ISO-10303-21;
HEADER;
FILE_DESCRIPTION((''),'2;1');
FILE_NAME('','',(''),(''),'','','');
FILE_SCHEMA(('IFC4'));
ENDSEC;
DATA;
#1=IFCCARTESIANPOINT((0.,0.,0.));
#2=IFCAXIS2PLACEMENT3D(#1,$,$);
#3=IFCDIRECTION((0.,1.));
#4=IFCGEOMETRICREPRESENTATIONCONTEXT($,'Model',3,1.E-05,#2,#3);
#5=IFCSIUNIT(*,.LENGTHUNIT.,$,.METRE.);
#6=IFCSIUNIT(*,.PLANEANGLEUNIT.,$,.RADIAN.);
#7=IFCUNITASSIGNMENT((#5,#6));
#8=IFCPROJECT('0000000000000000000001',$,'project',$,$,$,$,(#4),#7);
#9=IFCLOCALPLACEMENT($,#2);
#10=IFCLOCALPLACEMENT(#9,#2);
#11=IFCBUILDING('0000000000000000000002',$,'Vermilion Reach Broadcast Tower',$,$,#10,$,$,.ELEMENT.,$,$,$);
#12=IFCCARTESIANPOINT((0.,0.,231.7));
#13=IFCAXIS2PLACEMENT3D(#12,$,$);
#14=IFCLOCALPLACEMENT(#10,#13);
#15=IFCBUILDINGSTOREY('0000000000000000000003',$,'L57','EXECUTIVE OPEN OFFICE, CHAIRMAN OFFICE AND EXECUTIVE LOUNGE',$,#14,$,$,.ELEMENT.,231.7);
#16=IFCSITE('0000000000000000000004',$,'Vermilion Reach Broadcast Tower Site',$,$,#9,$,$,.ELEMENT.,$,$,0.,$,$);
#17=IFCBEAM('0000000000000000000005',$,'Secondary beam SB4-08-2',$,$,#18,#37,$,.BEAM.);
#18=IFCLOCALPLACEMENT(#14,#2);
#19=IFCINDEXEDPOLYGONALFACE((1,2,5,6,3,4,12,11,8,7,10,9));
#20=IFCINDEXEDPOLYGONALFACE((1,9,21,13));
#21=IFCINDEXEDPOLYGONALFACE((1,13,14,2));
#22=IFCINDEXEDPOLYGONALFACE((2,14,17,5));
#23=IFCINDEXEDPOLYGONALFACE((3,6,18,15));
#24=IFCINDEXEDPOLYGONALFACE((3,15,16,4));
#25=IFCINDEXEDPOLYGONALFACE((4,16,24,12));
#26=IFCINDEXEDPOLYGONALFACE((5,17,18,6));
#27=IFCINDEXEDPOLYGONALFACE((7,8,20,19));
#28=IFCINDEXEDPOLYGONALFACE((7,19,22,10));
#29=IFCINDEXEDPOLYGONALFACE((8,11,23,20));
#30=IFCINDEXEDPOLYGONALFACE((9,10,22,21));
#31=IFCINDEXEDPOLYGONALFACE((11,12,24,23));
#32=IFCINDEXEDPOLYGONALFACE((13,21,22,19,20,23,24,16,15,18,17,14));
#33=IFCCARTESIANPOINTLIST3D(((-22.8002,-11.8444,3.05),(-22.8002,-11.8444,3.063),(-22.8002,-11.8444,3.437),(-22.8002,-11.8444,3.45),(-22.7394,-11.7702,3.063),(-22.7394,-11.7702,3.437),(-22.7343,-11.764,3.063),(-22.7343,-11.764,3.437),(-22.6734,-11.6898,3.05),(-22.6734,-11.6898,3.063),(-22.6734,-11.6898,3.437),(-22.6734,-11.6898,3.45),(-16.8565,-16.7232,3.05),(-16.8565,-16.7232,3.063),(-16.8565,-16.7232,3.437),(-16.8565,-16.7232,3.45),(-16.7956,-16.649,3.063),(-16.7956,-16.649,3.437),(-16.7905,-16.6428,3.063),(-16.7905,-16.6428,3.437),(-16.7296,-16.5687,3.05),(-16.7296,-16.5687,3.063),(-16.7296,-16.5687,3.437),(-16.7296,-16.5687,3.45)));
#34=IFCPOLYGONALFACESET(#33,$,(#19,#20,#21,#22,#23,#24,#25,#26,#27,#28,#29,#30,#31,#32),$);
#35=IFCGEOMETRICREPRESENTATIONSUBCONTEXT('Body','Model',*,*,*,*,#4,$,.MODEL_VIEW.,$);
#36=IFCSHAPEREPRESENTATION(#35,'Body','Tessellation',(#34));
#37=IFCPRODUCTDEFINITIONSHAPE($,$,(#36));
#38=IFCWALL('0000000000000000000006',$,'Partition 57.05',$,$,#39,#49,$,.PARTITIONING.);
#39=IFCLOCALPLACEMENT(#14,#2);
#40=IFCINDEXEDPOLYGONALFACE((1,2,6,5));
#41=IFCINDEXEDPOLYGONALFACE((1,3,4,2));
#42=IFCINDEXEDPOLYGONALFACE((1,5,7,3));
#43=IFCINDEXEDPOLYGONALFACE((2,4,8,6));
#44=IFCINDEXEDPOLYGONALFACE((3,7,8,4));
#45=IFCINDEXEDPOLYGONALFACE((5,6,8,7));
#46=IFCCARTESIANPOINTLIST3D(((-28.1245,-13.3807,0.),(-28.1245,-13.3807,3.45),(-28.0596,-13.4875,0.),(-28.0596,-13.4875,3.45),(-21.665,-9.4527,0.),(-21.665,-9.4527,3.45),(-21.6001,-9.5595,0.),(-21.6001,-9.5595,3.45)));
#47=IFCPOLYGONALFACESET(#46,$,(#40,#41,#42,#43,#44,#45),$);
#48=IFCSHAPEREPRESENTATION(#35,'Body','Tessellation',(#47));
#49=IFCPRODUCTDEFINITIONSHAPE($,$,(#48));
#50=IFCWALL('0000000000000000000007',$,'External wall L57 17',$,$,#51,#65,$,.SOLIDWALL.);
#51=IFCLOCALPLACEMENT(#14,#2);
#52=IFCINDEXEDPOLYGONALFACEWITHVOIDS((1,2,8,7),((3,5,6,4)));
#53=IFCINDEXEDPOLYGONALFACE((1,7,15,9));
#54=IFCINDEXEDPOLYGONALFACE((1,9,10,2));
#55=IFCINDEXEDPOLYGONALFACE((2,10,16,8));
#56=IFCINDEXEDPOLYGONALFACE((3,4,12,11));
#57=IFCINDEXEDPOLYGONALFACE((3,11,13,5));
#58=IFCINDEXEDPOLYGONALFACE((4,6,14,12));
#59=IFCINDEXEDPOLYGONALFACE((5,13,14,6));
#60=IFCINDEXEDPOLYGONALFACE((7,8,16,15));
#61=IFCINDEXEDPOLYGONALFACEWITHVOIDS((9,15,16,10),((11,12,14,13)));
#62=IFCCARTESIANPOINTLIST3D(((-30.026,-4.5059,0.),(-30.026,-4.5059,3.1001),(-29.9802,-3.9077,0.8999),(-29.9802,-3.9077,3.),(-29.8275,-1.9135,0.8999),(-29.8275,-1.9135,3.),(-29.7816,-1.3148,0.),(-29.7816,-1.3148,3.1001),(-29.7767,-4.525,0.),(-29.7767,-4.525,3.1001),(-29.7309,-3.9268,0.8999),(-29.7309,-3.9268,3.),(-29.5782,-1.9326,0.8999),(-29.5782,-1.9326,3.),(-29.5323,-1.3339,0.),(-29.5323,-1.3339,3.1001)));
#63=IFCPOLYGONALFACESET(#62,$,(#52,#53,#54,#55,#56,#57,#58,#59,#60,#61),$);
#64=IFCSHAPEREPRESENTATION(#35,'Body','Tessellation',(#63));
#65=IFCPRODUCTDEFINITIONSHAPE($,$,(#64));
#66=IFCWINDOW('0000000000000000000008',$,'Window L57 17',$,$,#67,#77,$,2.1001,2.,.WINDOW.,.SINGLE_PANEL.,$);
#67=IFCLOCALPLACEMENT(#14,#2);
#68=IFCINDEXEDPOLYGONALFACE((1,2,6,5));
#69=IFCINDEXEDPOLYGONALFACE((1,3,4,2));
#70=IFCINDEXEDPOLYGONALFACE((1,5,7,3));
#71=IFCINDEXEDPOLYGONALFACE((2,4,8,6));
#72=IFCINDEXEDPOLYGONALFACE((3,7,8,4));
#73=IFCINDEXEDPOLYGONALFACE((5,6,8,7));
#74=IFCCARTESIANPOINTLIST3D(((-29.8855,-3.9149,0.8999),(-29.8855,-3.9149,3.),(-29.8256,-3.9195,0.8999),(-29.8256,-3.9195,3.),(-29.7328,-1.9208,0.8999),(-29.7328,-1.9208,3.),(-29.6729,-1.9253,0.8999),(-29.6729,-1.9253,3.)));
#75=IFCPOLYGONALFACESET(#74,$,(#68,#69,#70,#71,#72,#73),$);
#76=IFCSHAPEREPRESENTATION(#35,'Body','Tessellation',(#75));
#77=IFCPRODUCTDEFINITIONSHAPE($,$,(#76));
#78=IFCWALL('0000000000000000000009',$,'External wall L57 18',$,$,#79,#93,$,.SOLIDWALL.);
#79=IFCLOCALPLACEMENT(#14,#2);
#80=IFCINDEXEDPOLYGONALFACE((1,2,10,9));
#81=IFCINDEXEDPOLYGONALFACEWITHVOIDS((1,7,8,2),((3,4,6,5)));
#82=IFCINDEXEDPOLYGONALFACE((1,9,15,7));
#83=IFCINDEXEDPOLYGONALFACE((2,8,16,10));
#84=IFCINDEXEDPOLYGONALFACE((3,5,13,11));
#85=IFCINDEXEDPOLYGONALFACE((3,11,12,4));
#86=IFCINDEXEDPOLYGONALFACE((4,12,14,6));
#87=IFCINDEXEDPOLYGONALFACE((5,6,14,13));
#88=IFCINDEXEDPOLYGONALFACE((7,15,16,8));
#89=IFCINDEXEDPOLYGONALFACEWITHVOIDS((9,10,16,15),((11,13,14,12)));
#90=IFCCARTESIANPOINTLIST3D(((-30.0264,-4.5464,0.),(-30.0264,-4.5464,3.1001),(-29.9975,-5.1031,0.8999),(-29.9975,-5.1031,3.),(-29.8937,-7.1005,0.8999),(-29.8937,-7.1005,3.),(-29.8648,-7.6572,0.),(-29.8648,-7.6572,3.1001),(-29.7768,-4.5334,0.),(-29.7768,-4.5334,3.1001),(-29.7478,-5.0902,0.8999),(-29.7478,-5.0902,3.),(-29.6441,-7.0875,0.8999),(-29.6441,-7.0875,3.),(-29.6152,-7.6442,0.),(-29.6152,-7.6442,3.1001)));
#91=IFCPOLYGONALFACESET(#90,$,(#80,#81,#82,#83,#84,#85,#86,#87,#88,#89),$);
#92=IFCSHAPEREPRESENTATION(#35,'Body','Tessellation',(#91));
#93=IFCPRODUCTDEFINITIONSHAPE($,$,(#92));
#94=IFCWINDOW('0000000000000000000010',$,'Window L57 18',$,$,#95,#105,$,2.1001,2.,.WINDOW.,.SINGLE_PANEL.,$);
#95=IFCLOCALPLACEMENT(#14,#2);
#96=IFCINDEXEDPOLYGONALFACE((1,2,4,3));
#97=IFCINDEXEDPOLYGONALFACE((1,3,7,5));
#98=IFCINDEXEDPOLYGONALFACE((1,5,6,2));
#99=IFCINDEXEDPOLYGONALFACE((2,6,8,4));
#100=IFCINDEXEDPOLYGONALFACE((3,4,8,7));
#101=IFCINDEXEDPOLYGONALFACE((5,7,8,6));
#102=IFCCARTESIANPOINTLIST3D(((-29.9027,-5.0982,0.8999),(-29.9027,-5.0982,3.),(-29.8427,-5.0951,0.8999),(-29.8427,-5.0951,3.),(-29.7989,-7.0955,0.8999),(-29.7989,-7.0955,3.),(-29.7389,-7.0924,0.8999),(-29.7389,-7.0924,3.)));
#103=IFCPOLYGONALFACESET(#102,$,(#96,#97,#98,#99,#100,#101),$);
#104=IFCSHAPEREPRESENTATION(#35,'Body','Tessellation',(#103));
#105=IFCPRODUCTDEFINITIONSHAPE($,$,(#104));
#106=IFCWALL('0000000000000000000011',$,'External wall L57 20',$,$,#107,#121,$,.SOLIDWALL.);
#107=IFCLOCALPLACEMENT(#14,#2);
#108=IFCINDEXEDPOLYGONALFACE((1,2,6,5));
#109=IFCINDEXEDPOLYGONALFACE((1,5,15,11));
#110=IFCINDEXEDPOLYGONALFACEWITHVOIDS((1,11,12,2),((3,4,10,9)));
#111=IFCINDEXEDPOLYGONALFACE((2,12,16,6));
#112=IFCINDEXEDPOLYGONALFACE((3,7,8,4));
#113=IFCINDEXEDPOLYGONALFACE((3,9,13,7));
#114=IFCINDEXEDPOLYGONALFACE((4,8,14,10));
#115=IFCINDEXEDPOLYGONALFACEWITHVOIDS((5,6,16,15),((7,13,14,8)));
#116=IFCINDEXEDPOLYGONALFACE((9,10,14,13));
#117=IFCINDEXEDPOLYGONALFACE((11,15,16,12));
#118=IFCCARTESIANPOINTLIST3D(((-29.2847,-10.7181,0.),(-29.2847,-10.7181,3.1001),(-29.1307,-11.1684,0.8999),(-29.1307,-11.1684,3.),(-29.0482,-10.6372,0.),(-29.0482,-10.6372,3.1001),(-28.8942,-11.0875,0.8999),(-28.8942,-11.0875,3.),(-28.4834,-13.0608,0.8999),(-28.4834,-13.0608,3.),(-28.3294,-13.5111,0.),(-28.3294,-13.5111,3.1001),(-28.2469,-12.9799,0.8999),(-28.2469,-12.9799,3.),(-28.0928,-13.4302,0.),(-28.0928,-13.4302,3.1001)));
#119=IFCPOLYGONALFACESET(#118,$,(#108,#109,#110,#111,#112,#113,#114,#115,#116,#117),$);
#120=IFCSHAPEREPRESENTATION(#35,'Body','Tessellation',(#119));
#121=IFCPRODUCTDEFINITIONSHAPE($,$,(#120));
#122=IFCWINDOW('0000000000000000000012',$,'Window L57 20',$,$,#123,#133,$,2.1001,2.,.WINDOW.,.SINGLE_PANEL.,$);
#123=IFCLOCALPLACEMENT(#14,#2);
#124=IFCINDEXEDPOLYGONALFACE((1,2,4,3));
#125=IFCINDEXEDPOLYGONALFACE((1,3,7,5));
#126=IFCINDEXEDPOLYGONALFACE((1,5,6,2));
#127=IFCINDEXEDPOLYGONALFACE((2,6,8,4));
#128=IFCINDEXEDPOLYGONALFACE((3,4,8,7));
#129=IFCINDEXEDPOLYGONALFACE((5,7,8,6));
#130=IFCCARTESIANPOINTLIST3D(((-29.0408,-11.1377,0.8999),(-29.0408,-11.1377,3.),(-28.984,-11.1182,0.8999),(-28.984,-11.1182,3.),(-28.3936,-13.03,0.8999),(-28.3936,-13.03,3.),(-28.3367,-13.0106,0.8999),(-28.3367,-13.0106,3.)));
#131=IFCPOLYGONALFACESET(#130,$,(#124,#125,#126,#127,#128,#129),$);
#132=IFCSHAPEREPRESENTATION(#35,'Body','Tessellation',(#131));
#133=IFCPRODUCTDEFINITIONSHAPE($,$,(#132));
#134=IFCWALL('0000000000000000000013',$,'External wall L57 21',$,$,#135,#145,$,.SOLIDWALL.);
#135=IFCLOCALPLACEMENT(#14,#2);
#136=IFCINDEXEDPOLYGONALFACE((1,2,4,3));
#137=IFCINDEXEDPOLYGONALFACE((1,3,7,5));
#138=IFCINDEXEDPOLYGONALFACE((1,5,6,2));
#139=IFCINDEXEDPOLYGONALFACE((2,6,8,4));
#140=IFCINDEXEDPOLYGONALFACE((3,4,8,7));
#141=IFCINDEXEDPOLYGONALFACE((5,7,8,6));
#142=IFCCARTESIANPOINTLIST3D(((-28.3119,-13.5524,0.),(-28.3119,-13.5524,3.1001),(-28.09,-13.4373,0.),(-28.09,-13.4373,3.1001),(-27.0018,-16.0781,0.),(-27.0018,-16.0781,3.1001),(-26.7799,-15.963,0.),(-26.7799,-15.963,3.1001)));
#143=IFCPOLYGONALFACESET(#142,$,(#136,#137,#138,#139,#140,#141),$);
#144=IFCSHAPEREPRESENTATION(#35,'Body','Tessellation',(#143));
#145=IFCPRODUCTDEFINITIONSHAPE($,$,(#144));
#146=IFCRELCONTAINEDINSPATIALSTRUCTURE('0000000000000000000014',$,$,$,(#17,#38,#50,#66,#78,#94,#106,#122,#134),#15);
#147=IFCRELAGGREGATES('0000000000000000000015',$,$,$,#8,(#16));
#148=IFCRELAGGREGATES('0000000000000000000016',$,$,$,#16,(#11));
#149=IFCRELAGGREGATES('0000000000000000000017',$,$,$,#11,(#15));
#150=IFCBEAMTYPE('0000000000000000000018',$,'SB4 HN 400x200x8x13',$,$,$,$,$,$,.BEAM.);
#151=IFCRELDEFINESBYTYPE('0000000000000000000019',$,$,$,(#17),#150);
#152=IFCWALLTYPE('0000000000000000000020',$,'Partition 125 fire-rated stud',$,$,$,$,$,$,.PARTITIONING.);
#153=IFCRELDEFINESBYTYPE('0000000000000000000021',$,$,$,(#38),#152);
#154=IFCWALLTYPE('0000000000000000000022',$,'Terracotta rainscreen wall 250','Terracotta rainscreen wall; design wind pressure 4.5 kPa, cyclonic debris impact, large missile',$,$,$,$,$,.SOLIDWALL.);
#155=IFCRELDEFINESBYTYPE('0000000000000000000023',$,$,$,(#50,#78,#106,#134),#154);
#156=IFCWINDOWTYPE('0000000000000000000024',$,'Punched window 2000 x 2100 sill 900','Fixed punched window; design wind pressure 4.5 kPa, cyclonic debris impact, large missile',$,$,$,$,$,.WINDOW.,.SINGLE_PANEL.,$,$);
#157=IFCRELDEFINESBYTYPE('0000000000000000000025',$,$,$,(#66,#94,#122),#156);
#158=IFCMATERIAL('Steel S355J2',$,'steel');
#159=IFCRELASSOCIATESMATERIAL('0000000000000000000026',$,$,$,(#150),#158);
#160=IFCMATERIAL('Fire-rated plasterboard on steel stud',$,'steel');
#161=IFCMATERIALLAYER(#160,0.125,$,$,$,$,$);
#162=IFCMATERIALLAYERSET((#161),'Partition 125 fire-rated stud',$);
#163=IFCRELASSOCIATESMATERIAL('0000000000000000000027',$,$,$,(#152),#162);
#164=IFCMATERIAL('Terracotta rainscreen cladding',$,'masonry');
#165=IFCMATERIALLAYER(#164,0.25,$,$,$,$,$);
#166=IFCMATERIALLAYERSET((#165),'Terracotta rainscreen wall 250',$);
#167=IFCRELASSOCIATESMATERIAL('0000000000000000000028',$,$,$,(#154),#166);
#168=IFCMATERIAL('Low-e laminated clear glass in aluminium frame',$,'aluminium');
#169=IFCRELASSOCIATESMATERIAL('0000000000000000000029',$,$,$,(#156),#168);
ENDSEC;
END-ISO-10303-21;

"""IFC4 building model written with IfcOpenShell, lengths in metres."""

from ifc_helpers import new_model, si_unit, direction, frame, frame_2d, origin, origin_2d, place, context, subcontext, project, spatial, rectangle, i_section, extrude, material, layer, layer_set, material_profile, profile_set, type_object, element, fill, save


model = new_model("IFC4")

# Units and contexts
model_context = context("Model", 3, precision=1e-05, world=origin(), true_north=direction((0.0, 1.0)))
body_context = subcontext(model_context, "Body", "Model", "MODEL_VIEW")
ifc_project = project(units=[si_unit("LENGTHUNIT", "METRE"), si_unit("PLANEANGLEUNIT", "RADIAN")], contexts=[model_context])

# Site, building, storey
site_placement = place(None, origin())
site = spatial("IfcSite", under=ifc_project, at=site_placement, Name="Vermilion Reach Broadcast Tower Site", CompositionType="ELEMENT", RefElevation=0.0)
building_placement = place(site_placement, origin())
building = spatial("IfcBuilding", under=site, at=building_placement, Name="Vermilion Reach Broadcast Tower", CompositionType="ELEMENT")
storey_placement = place(building_placement, frame((0.0, 0.0, 231.7)))
storey = spatial("IfcBuildingStorey", under=building, at=storey_placement, Name="L57", Description="EXECUTIVE OPEN OFFICE, CHAIRMAN OFFICE AND EXECUTIVE LOUNGE", CompositionType="ELEMENT", Elevation=231.7)

# Beam
ifc_material_1 = material(Name="Steel S355J2", Category="steel")
ifc_material_profile_1 = material_profile(ifc_material_1, i_section(OverallWidth=0.2, OverallDepth=0.3999, WebThickness=0.0081, FlangeThickness=0.0129, at=origin_2d()), Name="S355J2 HN 400x200x8x13")
ifc_profile_set_1 = profile_set([ifc_material_profile_1], Name="Steel S355J2")
beam_type_1 = type_object("IfcBeamType", Name="SB4 HN 400x200x8x13", PredefinedType="BEAM", material=ifc_profile_set_1)
beam_1_placement = place(storey_placement, frame((-22.7368, -11.7671, 3.25), z_axis=(0.772952, -0.634465, 0.0), x_axis=(0.634465, 0.772952, 0.0)))
element("IfcBeam", 1, at=beam_1_placement, inside=storey, type_object=beam_type_1, Name="Secondary beam SB4-08-2", PredefinedType="BEAM", context=body_context, shape_type="SweptSolid", body=[
    extrude(i_section(OverallWidth=0.2, OverallDepth=0.3999, WebThickness=0.0081, FlangeThickness=0.0129, at=origin_2d()), origin(), (0.0, 0.0, 1.0), 7.6897),
])

# Wall
ifc_material_2 = material(Name="Fire-rated plasterboard on steel stud", Category="steel")
ifc_layer_1 = layer(ifc_material_2, 0.125)
ifc_layer_set_1 = layer_set([ifc_layer_1], Name="Partition 125 fire-rated stud")
wall_type_1 = type_object("IfcWallType", Name="Partition 125 fire-rated stud", PredefinedType="PARTITIONING", material=ifc_layer_set_1)
wall_1_placement = place(storey_placement, frame((-28.092, -13.4341, 0.0), z_axis=(0.0, 0.0, 1.0), x_axis=(0.854426, 0.519573, 0.0)))
element("IfcWall", 2, at=wall_1_placement, inside=storey, type_object=wall_type_1, Name="Partition 57.05", PredefinedType="PARTITIONING", context=body_context, shape_type="SweptSolid", body=[
    extrude(rectangle(XDim=7.5601, YDim=0.125, at=frame_2d((3.78, 0.0))), origin(), (0.0, 0.0, 1.0), 3.45),
])

# Walls, openings, windows
ifc_material_3 = material(Name="Terracotta rainscreen cladding", Category="masonry")
ifc_layer_2 = layer(ifc_material_3, 0.25)
ifc_layer_set_2 = layer_set([ifc_layer_2], Name="Terracotta rainscreen wall 250")
wall_type_2 = type_object("IfcWallType", Name="Terracotta rainscreen wall 250", Description="Terracotta rainscreen wall; design wind pressure 4.5 kPa, cyclonic debris impact, large missile", PredefinedType="SOLIDWALL", material=ifc_layer_set_2)
wall_2_placement = place(storey_placement, frame((-29.657, -1.3245, 0.0), z_axis=(0.0, 0.0, 1.0), x_axis=(-0.076358, -0.99708, 0.0)))
wall_2 = element("IfcWall", 3, at=wall_2_placement, inside=storey, type_object=wall_type_2, Name="External wall L57 17", PredefinedType="SOLIDWALL", context=body_context, shape_type="SweptSolid", body=[
    extrude(rectangle(XDim=3.2004, YDim=0.25, at=frame_2d((1.6001, 0.0))), origin(), (0.0, 0.0, 1.0), 3.1001),
])
opening_1_placement = place(wall_2_placement, frame((0.6003, 0.0, 0.8999)))
opening_1 = element("IfcOpeningElement", 4, at=opening_1_placement, cuts=wall_2, PredefinedType="OPENING", context=body_context, shape_type="SweptSolid", body=[
    extrude(rectangle(XDim=2.0, YDim=2.1001, at=frame_2d((1.0, 1.05))), frame((0.0, 0.135, 0.0), z_axis=(0.0, -1.0, 0.0), x_axis=(1.0, 0.0, 0.0)), (0.0, 0.0, 1.0), 0.27),
])
ifc_material_4 = material(Name="Low-e laminated clear glass in aluminium frame", Category="aluminium")
window_type = type_object("IfcWindowType", Name="Punched window 2000 x 2100 sill 900", Description="Fixed punched window; design wind pressure 4.5 kPa, cyclonic debris impact, large missile", PartitioningType="SINGLE_PANEL", PredefinedType="WINDOW", material=ifc_material_4)
window_1_placement = place(opening_1_placement, origin())
window_1 = element("IfcWindow", 5, at=window_1_placement, inside=storey, type_object=window_type, Name="Window L57 17", OverallHeight=2.1001, OverallWidth=2.0, PartitioningType="SINGLE_PANEL", PredefinedType="WINDOW", context=body_context, shape_type="SweptSolid", body=[
    extrude(rectangle(XDim=2.0, YDim=2.1001, at=frame_2d((1.0, 1.05))), frame((0.0, 0.03, 0.0), z_axis=(0.0, -1.0, 0.0), x_axis=(1.0, 0.0, 0.0)), (0.0, 0.0, 1.0), 0.0601),
])
fill(opening_1, window_1)
wall_3_placement = place(storey_placement, frame((-29.9016, -4.5398, 0.0), z_axis=(0.0, 0.0, 1.0), x_axis=(0.051884, -0.998653, 0.0)))
wall_3 = element("IfcWall", 6, at=wall_3_placement, inside=storey, type_object=wall_type_2, Name="External wall L57 18", PredefinedType="SOLIDWALL", context=body_context, shape_type="SweptSolid", body=[
    extrude(rectangle(XDim=3.115, YDim=0.25, at=frame_2d((1.5576, 0.0))), origin(), (0.0, 0.0, 1.0), 3.1001),
])
opening_2_placement = place(wall_3_placement, frame((0.5576, 0.0, 0.8999)))
opening_2 = element("IfcOpeningElement", 7, at=opening_2_placement, cuts=wall_3, PredefinedType="OPENING", context=body_context, shape_type="SweptSolid", body=[
    extrude(rectangle(XDim=2.0, YDim=2.1001, at=frame_2d((1.0, 1.05))), frame((0.0, 0.135, 0.0), z_axis=(0.0, -1.0, 0.0), x_axis=(1.0, 0.0, 0.0)), (0.0, 0.0, 1.0), 0.27),
])
window_2_placement = place(opening_2_placement, origin())
window_2 = element("IfcWindow", 8, at=window_2_placement, inside=storey, type_object=window_type, Name="Window L57 18", OverallHeight=2.1001, OverallWidth=2.0, PartitioningType="SINGLE_PANEL", PredefinedType="WINDOW", context=body_context, shape_type="SweptSolid", body=[
    extrude(rectangle(XDim=2.0, YDim=2.1001, at=frame_2d((1.0, 1.05))), frame((0.0, 0.03, 0.0), z_axis=(0.0, -1.0, 0.0), x_axis=(1.0, 0.0, 0.0)), (0.0, 0.0, 1.0), 0.0601),
])
fill(opening_2, window_2)

# Wall, opening, window
wall_4_placement = place(storey_placement, frame((-29.1665, -10.6775, 0.0), z_axis=(0.0, 0.0, 1.0), x_axis=(0.323637, -0.946181, 0.0)))
wall_4 = element("IfcWall", 9, at=wall_4_placement, inside=storey, type_object=wall_type_2, Name="External wall L57 20", PredefinedType="SOLIDWALL", context=body_context, shape_type="SweptSolid", body=[
    extrude(rectangle(XDim=2.9519, YDim=0.25, at=frame_2d((1.4761, 0.0))), origin(), (0.0, 0.0, 1.0), 3.1001),
])
opening_3_placement = place(wall_4_placement, frame((0.4761, 0.0, 0.8999)))
opening_3 = element("IfcOpeningElement", 10, at=opening_3_placement, cuts=wall_4, PredefinedType="OPENING", context=body_context, shape_type="SweptSolid", body=[
    extrude(rectangle(XDim=2.0, YDim=2.1001, at=frame_2d((1.0, 1.05))), frame((0.0, 0.135, 0.0), z_axis=(0.0, -1.0, 0.0), x_axis=(1.0, 0.0, 0.0)), (0.0, 0.0, 1.0), 0.27),
])
window_3_placement = place(opening_3_placement, origin())
window_3 = element("IfcWindow", 11, at=window_3_placement, inside=storey, type_object=window_type, Name="Window L57 20", OverallHeight=2.1001, OverallWidth=2.0, PartitioningType="SINGLE_PANEL", PredefinedType="WINDOW", context=body_context, shape_type="SweptSolid", body=[
    extrude(rectangle(XDim=2.0, YDim=2.1001, at=frame_2d((1.0, 1.05))), frame((0.0, 0.03, 0.0), z_axis=(0.0, -1.0, 0.0), x_axis=(1.0, 0.0, 0.0)), (0.0, 0.0, 1.0), 0.0601),
])
fill(opening_3, window_3)

# Wall
wall_5_placement = place(storey_placement, frame((-28.2009, -13.4949, 0.0), z_axis=(0.0, 0.0, 1.0), x_axis=(0.460447, -0.887687, 0.0)))
element("IfcWall", 12, at=wall_5_placement, inside=storey, type_object=wall_type_2, Name="External wall L57 21", PredefinedType="SOLIDWALL", context=body_context, shape_type="SweptSolid", body=[
    extrude(rectangle(XDim=2.8452, YDim=0.25, at=frame_2d((1.4226, 0.0))), origin(), (0.0, 0.0, 1.0), 3.1001),
])

save(model, "model.ifc")
